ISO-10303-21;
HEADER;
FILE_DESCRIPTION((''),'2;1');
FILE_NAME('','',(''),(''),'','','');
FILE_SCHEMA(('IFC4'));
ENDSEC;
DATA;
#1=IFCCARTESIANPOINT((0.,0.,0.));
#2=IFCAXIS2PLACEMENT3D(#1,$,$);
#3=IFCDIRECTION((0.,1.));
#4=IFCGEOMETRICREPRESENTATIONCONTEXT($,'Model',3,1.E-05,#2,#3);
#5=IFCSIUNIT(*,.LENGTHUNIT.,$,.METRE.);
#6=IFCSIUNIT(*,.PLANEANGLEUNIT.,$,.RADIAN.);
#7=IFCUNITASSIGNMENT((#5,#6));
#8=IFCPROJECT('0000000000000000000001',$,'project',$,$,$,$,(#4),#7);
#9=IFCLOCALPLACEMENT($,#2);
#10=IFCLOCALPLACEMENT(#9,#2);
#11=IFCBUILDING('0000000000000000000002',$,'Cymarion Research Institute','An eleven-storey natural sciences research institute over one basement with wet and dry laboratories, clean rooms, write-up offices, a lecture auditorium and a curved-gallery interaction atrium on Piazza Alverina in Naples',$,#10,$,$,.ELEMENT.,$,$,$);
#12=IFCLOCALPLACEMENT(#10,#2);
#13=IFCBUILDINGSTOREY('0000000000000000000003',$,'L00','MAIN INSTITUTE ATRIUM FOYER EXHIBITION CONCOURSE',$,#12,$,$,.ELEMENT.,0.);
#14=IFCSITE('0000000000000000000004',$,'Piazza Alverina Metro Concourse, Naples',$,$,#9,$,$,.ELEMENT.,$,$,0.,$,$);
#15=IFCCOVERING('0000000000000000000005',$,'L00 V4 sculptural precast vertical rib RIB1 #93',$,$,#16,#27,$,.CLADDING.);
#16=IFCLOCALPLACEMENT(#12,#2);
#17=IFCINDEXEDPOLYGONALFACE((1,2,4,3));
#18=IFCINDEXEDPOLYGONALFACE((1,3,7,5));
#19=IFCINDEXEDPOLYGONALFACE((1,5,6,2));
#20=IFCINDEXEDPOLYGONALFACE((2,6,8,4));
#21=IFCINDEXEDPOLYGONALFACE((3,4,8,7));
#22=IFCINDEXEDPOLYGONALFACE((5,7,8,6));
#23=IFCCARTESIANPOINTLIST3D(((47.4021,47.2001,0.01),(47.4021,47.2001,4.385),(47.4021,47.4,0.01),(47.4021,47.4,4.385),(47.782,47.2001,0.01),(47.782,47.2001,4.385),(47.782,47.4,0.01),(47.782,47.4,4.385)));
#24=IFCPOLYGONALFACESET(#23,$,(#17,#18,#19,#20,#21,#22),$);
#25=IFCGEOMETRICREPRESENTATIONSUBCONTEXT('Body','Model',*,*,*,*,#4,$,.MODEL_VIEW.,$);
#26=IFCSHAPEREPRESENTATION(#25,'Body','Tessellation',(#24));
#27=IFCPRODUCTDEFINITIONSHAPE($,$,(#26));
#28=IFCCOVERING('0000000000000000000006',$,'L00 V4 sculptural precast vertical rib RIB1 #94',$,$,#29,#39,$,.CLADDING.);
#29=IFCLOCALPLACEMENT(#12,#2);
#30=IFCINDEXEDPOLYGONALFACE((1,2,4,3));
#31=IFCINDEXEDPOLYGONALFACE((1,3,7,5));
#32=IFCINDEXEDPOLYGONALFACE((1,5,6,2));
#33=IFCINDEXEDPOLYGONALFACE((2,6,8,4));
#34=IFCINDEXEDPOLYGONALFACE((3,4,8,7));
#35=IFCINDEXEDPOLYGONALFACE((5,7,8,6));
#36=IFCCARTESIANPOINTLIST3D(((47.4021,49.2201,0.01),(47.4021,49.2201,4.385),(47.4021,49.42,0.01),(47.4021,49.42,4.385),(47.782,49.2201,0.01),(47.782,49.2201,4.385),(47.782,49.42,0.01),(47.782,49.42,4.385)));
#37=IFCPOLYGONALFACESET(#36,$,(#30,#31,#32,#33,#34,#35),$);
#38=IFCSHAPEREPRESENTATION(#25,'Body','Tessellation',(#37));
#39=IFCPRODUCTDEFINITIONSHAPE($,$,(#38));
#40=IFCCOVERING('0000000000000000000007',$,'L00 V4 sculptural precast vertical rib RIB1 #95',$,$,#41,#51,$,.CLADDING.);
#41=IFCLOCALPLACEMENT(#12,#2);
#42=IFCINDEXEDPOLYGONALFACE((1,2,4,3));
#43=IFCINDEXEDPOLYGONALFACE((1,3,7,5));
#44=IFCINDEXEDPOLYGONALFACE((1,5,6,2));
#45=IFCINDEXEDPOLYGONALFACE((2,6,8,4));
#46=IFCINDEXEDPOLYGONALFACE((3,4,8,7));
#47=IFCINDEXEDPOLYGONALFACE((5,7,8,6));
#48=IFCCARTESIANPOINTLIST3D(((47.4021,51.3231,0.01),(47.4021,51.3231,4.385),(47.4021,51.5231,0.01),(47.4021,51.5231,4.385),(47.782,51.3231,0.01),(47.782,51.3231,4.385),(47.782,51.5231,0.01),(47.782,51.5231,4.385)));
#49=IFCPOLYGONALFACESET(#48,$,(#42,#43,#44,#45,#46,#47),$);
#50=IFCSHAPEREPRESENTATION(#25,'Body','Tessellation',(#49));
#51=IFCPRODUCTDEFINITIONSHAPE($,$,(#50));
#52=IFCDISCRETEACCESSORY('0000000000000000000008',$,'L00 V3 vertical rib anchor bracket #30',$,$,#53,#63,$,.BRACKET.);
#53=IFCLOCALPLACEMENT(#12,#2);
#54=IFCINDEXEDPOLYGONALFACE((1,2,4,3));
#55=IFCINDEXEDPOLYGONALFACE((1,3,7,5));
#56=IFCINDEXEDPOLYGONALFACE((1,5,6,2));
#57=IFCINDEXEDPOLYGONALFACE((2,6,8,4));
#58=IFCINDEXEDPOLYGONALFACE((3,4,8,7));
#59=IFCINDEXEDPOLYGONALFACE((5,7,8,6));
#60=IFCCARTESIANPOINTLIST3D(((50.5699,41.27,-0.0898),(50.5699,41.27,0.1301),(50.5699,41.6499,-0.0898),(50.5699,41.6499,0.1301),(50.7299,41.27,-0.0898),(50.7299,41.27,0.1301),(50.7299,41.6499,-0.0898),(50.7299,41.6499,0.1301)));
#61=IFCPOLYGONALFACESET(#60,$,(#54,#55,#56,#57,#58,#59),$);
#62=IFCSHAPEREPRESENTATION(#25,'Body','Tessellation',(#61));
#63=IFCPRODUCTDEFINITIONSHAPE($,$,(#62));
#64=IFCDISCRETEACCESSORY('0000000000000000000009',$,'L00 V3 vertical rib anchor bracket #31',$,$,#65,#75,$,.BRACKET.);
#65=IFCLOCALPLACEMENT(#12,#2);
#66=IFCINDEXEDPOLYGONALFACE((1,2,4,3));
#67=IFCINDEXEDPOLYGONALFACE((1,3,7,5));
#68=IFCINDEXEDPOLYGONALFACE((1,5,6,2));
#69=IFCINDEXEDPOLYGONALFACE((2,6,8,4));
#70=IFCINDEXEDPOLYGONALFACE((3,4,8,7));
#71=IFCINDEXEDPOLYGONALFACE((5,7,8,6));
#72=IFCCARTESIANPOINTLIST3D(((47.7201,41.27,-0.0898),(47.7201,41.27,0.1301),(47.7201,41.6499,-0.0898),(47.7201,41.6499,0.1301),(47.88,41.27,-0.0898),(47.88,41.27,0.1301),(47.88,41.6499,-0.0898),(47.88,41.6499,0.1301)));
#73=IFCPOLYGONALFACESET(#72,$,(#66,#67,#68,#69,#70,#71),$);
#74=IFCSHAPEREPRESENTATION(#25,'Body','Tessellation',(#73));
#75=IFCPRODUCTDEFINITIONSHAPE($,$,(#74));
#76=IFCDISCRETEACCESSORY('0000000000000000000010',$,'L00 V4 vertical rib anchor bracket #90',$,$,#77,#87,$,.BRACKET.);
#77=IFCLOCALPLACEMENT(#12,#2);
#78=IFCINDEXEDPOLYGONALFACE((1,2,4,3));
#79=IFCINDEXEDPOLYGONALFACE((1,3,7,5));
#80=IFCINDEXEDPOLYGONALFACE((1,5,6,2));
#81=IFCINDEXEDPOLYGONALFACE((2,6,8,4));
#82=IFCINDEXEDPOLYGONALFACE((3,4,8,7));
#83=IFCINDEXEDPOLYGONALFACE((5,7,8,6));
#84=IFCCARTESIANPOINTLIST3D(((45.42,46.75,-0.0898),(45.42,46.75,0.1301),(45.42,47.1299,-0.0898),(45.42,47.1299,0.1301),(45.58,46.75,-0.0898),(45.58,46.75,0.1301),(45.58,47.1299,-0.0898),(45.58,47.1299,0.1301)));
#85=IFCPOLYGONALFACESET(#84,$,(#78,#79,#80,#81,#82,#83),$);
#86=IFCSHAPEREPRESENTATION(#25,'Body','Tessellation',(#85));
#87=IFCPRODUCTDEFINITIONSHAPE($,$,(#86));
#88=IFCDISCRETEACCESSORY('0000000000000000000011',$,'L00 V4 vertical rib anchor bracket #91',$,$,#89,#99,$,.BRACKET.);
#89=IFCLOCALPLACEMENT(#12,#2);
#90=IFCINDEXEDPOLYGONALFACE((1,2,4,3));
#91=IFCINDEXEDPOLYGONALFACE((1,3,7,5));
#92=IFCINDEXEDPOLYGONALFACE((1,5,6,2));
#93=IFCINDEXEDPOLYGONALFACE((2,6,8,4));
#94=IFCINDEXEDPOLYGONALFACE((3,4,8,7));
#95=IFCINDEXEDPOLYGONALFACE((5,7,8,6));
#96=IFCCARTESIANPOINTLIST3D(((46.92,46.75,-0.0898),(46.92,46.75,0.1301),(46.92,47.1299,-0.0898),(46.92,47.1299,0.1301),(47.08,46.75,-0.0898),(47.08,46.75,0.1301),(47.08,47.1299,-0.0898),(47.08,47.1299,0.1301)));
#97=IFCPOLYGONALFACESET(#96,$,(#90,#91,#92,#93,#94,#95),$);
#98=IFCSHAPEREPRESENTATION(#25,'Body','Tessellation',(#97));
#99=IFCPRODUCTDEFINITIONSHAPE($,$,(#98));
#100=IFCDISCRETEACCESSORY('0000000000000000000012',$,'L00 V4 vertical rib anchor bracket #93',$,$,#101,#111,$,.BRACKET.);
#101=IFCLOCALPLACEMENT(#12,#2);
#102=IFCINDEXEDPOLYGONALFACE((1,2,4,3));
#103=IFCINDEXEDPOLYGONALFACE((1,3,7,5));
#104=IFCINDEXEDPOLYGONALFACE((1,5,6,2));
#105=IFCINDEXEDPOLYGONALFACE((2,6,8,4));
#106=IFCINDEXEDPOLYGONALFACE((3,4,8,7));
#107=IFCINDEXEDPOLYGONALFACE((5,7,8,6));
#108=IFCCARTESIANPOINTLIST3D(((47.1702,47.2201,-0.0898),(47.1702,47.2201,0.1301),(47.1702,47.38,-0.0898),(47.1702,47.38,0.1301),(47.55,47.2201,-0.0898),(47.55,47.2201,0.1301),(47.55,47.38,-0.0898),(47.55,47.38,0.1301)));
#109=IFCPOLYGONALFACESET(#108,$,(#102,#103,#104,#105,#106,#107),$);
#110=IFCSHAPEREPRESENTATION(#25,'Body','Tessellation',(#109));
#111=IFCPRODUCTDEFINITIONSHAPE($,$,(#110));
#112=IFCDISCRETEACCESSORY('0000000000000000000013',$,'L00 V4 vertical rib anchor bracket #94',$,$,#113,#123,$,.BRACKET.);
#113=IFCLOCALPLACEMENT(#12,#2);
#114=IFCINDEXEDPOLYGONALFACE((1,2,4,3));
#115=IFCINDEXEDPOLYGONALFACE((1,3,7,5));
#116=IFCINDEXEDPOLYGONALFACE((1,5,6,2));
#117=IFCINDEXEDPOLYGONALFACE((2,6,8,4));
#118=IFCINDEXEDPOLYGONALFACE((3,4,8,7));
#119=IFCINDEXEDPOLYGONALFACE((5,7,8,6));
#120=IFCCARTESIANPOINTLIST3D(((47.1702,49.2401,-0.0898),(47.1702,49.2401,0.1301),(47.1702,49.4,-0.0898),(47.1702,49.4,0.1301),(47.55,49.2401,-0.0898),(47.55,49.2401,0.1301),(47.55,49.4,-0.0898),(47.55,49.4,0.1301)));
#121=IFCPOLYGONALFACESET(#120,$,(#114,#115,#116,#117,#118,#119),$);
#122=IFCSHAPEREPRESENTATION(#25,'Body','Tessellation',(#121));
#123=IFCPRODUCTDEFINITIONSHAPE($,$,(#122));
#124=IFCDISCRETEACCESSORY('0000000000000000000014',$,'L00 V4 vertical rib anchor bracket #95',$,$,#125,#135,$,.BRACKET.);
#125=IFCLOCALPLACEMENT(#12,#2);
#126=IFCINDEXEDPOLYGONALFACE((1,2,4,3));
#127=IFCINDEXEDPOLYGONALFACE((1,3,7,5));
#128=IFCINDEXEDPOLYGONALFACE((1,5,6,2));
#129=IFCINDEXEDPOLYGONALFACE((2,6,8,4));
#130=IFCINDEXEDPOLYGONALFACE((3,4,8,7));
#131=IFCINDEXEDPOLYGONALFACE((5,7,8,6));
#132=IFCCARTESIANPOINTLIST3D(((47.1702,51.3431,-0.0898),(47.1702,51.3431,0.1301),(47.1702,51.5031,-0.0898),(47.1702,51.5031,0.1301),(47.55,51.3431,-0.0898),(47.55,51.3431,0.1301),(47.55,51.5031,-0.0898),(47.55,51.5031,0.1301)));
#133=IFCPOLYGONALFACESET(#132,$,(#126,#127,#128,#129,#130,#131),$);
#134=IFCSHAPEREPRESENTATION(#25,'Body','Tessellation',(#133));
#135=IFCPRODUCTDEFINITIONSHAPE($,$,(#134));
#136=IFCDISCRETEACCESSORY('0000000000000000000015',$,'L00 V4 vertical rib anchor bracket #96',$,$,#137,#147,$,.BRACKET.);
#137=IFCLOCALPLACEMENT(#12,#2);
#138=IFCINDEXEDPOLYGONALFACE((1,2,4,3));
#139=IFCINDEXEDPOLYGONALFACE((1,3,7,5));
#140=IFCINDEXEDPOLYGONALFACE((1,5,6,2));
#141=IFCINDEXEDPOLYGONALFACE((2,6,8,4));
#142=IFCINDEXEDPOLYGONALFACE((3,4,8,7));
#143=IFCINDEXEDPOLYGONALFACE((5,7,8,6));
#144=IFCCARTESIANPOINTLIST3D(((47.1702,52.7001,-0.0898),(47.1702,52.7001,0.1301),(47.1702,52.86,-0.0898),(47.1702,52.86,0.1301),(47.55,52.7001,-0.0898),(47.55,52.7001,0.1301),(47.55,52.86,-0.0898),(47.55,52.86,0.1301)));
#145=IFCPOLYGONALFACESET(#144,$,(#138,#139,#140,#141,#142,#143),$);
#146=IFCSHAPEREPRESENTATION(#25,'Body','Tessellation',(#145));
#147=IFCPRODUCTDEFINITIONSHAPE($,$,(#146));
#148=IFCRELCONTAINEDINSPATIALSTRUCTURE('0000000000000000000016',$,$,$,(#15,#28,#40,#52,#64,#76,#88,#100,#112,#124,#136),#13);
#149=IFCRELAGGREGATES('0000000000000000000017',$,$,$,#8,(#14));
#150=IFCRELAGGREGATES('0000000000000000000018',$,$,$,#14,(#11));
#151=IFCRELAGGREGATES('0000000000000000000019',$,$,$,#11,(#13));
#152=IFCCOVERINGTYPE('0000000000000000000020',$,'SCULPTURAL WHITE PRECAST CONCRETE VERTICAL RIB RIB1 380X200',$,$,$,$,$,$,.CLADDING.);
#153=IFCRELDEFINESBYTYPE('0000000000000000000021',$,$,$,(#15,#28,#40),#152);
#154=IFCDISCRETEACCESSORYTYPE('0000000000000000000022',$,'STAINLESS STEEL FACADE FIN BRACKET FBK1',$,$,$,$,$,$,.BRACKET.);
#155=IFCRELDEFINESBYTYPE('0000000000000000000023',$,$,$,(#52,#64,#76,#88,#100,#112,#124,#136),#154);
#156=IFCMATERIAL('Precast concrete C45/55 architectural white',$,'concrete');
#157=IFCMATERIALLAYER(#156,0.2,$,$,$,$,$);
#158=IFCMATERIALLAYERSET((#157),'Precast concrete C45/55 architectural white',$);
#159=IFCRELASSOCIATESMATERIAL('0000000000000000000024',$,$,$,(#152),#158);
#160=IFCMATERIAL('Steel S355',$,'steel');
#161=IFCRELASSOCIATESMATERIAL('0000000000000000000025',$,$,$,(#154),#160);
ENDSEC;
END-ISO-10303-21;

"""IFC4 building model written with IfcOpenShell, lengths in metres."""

from ifc_helpers import new_model, si_unit, direction, frame, origin, origin_2d, place, context, subcontext, project, spatial, rectangle, extrude, material, layer, layer_set, type_object, element, save


model = new_model("IFC4")

# Units and contexts
model_context = context("Model", 3, precision=1e-05, world=origin(), true_north=direction((0.0, 1.0)))
body_context = subcontext(model_context, "Body", "Model", "MODEL_VIEW")
ifc_project = project(units=[si_unit("LENGTHUNIT", "METRE"), si_unit("PLANEANGLEUNIT", "RADIAN")], contexts=[model_context])

# Site, building, storey
site_placement = place(None, origin())
site = spatial("IfcSite", under=ifc_project, at=site_placement, Name="Piazza Alverina Metro Concourse, Naples", CompositionType="ELEMENT", RefElevation=0.0)
building_placement = place(site_placement, origin())
building = spatial("IfcBuilding", under=site, at=building_placement, Name="Cymarion Research Institute", Description="An eleven-storey natural sciences research institute over one basement with wet and dry laboratories, clean rooms, write-up offices, a lecture auditorium and a curved-gallery interaction atrium on Piazza Alverina in Naples", CompositionType="ELEMENT")
storey_placement = place(building_placement, origin())
storey = spatial("IfcBuildingStorey", under=building, at=storey_placement, Name="L00", Description="MAIN INSTITUTE ATRIUM FOYER EXHIBITION CONCOURSE", CompositionType="ELEMENT", Elevation=0.0)

# Shared definitions
ifc_material_1 = material(Name="Steel S355", Category="steel")

# Coverings
ifc_material_2 = material(Name="Precast concrete C45/55 architectural white", Category="concrete")
ifc_layer_1 = layer(ifc_material_2, 0.2)
ifc_layer_set_1 = layer_set([ifc_layer_1], Name="Precast concrete C45/55 architectural white")
covering_type = type_object("IfcCoveringType", Name="SCULPTURAL WHITE PRECAST CONCRETE VERTICAL RIB RIB1 380X200", PredefinedType="CLADDING", material=ifc_layer_set_1)
for number, where, z_axis, x_axis, name in (
    (1, (47.592, 47.3, 0.01), (0.0, 0.0, 1.0), (1.0, 0.0, 0.0), "L00 V4 sculptural precast vertical rib RIB1 #93"),
    (2, (47.592, 49.3201, 0.01), (0.0, 0.0, 1.0), (1.0, 0.0, 0.0), "L00 V4 sculptural precast vertical rib RIB1 #94"),
    (3, (47.592, 51.4231, 0.01), (0.0, 0.0, 1.0), (1.0, 0.0, 0.0), "L00 V4 sculptural precast vertical rib RIB1 #95"),
):
    element("IfcCovering", number, at=place(storey_placement, frame(where, z_axis=z_axis, x_axis=x_axis)), inside=storey, type_object=covering_type, Name=name, PredefinedType="CLADDING", context=body_context, shape_type="SweptSolid", body=[
        extrude(rectangle(XDim=0.3799, YDim=0.2, at=origin_2d()), origin(), (0.0, 0.0, 1.0), 4.375),
    ])

# Discrete accessories
discrete_accessory_type = type_object("IfcDiscreteAccessoryType", Name="STAINLESS STEEL FACADE FIN BRACKET FBK1", PredefinedType="BRACKET", material=ifc_material_1)
for number, where, z_axis, x_axis, name in (
    (4, (50.6499, 41.46, -0.0898), (0.0, 0.0, 1.0), (0.0, 1.0, 0.0), "L00 V3 vertical rib anchor bracket #30"),
    (5, (47.8, 41.46, -0.0898), (0.0, 0.0, 1.0), (0.0, 1.0, 0.0), "L00 V3 vertical rib anchor bracket #31"),
    (6, (45.5, 46.9399, -0.0898), (0.0, 0.0, 1.0), (0.0, -1.0, 0.0), "L00 V4 vertical rib anchor bracket #90"),
    (7, (47.0, 46.9399, -0.0898), (0.0, 0.0, 1.0), (0.0, -1.0, 0.0), "L00 V4 vertical rib anchor bracket #91"),
    (8, (47.3601, 47.3, -0.0898), (0.0, 0.0, 1.0), (1.0, 0.0, 0.0), "L00 V4 vertical rib anchor bracket #93"),
    (9, (47.3601, 49.3201, -0.0898), (0.0, 0.0, 1.0), (1.0, 0.0, 0.0), "L00 V4 vertical rib anchor bracket #94"),
    (10, (47.3601, 51.4231, -0.0898), (0.0, 0.0, 1.0), (1.0, 0.0, 0.0), "L00 V4 vertical rib anchor bracket #95"),
    (11, (47.3601, 52.78, -0.0898), (0.0, 0.0, 1.0), (1.0, 0.0, 0.0), "L00 V4 vertical rib anchor bracket #96"),
):
    element("IfcDiscreteAccessory", number, at=place(storey_placement, frame(where, z_axis=z_axis, x_axis=x_axis)), inside=storey, type_object=discrete_accessory_type, Name=name, PredefinedType="BRACKET", context=body_context, shape_type="SweptSolid", body=[
        extrude(rectangle(XDim=0.3799, YDim=0.1599, at=origin_2d()), origin(), (0.0, 0.0, 1.0), 0.22),
    ])

save(model, "model.ifc")
